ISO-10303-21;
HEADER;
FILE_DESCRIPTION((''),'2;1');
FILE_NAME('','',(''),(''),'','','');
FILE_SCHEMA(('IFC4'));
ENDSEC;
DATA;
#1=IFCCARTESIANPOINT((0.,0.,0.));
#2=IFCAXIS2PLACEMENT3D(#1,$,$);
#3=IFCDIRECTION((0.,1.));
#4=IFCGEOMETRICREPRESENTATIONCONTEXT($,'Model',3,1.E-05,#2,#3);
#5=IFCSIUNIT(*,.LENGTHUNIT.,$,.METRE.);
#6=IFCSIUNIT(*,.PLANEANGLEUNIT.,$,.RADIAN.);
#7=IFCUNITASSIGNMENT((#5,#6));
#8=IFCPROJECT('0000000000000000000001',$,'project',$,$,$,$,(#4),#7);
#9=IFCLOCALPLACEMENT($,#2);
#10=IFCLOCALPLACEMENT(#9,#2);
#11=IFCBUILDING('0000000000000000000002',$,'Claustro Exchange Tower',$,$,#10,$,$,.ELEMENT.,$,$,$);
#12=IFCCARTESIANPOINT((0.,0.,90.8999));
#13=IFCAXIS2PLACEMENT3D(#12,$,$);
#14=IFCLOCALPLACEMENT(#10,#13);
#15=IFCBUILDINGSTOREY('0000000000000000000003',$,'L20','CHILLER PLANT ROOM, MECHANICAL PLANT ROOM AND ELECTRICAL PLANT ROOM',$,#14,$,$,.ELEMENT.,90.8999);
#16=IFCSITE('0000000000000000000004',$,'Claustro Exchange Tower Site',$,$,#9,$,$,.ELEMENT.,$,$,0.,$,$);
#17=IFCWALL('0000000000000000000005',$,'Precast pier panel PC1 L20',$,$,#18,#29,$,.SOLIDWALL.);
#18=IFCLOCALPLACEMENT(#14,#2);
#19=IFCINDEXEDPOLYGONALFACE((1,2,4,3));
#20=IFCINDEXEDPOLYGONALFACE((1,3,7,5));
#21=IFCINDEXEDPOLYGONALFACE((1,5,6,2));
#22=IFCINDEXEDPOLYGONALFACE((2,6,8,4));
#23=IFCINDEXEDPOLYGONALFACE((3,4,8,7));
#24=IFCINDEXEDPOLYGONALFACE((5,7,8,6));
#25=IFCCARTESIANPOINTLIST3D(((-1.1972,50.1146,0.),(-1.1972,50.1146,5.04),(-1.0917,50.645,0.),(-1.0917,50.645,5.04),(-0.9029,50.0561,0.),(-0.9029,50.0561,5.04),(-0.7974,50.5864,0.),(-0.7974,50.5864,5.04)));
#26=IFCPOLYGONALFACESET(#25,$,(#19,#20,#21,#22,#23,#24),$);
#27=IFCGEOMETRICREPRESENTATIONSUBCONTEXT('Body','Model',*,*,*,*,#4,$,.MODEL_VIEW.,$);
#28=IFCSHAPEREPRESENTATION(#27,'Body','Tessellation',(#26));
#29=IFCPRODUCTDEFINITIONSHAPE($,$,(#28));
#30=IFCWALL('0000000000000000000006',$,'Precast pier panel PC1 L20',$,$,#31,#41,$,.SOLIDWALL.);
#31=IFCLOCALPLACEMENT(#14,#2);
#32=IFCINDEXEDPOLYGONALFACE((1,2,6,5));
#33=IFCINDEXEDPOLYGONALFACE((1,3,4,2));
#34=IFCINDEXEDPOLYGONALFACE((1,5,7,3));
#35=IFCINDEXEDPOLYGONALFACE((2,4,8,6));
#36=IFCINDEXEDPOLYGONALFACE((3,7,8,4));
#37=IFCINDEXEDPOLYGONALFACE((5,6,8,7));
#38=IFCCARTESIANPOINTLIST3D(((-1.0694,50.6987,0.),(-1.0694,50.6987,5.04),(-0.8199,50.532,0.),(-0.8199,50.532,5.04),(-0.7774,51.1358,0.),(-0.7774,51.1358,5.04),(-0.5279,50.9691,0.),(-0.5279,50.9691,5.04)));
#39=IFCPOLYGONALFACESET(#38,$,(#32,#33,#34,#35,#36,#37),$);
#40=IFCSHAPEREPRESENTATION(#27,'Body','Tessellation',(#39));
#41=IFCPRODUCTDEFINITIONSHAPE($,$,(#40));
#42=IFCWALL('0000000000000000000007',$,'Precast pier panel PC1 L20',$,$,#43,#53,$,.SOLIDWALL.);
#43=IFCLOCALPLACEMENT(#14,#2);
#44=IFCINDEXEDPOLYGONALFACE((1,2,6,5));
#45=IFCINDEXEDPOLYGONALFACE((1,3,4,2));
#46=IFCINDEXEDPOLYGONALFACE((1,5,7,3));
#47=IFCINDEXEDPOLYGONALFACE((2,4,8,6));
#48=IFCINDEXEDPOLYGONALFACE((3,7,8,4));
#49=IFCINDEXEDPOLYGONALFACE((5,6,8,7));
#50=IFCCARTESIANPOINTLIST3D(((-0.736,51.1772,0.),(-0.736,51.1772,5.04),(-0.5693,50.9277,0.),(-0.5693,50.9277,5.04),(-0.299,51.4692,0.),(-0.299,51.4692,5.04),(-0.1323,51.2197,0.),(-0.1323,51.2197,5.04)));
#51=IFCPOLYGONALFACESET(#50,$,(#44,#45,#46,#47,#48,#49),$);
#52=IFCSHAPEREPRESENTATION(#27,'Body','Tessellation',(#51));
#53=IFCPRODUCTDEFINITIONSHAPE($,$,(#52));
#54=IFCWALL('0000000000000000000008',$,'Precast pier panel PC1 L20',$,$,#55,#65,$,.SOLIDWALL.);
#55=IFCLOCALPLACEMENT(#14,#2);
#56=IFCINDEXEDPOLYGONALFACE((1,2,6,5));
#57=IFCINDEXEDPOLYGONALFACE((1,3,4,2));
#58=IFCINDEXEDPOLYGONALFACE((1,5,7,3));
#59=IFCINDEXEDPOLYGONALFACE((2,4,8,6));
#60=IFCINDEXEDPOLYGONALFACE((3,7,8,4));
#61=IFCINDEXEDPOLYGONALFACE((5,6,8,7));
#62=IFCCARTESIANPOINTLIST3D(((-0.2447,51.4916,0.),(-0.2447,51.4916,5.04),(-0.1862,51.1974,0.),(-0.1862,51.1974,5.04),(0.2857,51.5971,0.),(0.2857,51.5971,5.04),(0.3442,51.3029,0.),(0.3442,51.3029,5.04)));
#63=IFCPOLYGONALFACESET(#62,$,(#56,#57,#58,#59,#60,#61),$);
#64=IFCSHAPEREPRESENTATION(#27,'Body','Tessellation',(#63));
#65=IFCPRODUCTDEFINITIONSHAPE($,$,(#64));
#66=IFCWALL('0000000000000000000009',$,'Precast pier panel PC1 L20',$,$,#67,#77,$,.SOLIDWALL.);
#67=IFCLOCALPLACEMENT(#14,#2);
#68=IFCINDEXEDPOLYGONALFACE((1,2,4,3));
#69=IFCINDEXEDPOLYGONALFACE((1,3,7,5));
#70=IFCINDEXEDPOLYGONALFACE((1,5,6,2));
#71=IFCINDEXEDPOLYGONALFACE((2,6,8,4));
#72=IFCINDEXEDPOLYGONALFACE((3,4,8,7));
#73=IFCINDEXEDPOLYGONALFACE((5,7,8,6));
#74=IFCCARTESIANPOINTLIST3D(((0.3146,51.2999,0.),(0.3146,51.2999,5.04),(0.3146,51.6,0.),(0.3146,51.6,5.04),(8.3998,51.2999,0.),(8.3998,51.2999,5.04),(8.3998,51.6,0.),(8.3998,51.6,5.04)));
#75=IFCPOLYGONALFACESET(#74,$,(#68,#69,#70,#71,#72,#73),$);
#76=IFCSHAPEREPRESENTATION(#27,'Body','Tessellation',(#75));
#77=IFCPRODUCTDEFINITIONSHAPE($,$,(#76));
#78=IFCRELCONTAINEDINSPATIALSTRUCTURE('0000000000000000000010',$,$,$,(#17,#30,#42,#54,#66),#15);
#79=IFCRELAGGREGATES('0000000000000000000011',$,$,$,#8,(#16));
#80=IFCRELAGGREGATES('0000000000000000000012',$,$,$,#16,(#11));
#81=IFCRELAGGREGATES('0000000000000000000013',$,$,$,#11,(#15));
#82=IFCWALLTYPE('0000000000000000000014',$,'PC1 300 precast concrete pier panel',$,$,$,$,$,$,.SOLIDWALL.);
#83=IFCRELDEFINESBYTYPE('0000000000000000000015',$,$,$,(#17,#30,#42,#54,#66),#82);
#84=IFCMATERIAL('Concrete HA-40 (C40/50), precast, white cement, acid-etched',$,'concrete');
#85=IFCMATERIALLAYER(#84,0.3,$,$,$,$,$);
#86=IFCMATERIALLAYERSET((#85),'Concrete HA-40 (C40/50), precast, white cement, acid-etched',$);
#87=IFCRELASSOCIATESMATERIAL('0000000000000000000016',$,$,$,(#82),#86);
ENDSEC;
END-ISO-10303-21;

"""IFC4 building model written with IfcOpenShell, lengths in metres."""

from ifc_helpers import new_model, si_unit, direction, frame, frame_2d, origin, place, context, subcontext, project, spatial, rectangle, extrude, material, layer, layer_set, type_object, element, save


model = new_model("IFC4")

# Units and contexts
model_context = context("Model", 3, precision=1e-05, world=origin(), true_north=direction((0.0, 1.0)))
body_context = subcontext(model_context, "Body", "Model", "MODEL_VIEW")
ifc_project = project(units=[si_unit("LENGTHUNIT", "METRE"), si_unit("PLANEANGLEUNIT", "RADIAN")], contexts=[model_context])

# Site, building, storey
site_placement = place(None, origin())
site = spatial("IfcSite", under=ifc_project, at=site_placement, Name="Claustro Exchange Tower Site", CompositionType="ELEMENT", RefElevation=0.0)
building_placement = place(site_placement, origin())
building = spatial("IfcBuilding", under=site, at=building_placement, Name="Claustro Exchange Tower", CompositionType="ELEMENT")
storey_placement = place(building_placement, frame((0.0, 0.0, 90.8999)))
storey = spatial("IfcBuildingStorey", under=building, at=storey_placement, Name="L20", Description="CHILLER PLANT ROOM, MECHANICAL PLANT ROOM AND ELECTRICAL PLANT ROOM", CompositionType="ELEMENT", Elevation=90.8999)

# Walls
ifc_material_1 = material(Name="Concrete HA-40 (C40/50), precast, white cement, acid-etched", Category="concrete")
ifc_layer_1 = layer(ifc_material_1, 0.3)
ifc_layer_set_1 = layer_set([ifc_layer_1], Name="Concrete HA-40 (C40/50), precast, white cement, acid-etched")
wall_type_1 = type_object("IfcWallType", Name="PC1 300 precast concrete pier panel", PredefinedType="SOLIDWALL", material=ifc_layer_set_1)
wall_1_placement = place(storey_placement, frame((-1.05, 50.0852, 0.0), z_axis=(0.0, 0.0, 1.0), x_axis=(0.195074, 0.980789, 0.0)))
element("IfcWall", 1, at=wall_1_placement, inside=storey, type_object=wall_type_1, Name="Precast pier panel PC1 L20", PredefinedType="SOLIDWALL", context=body_context, shape_type="SweptSolid", body=[
    extrude(rectangle(XDim=0.5408, YDim=0.3, at=frame_2d((0.2705, 0.0))), origin(), (0.0, 0.0, 1.0), 5.04),
])
for number, where, z_axis, x_axis, name in (
    (2, (-0.9446, 50.6155, 0.0), (0.0, 0.0, 1.0), (0.555557, 0.831478, 0.0), "Precast pier panel PC1 L20"),
    (3, (-0.6526, 51.0525, 0.0), (0.0, 0.0, 1.0), (0.831478, 0.555557, 0.0), "Precast pier panel PC1 L20"),
):
    element("IfcWall", number, at=place(storey_placement, frame(where, z_axis=z_axis, x_axis=x_axis)), inside=storey, type_object=wall_type_1, Name=name, PredefinedType="SOLIDWALL", context=body_context, shape_type="SweptSolid", body=[
        extrude(rectangle(XDim=0.5256, YDim=0.3, at=frame_2d((0.2627, 0.0))), origin(), (0.0, 0.0, 1.0), 5.04),
    ])
wall_2_placement = place(storey_placement, frame((-0.2156, 51.3445, 0.0), z_axis=(0.0, 0.0, 1.0), x_axis=(0.980789, 0.195074, 0.0)))
element("IfcWall", 4, at=wall_2_placement, inside=storey, type_object=wall_type_1, Name="Precast pier panel PC1 L20", PredefinedType="SOLIDWALL", context=body_context, shape_type="SweptSolid", body=[
    extrude(rectangle(XDim=0.5408, YDim=0.3, at=frame_2d((0.2705, 0.0))), origin(), (0.0, 0.0, 1.0), 5.04),
])
wall_3_placement = place(storey_placement, frame((0.3147, 51.45, 0.0), z_axis=(0.0, 0.0, 1.0), x_axis=(1.0, 0.0, 0.0)))
element("IfcWall", 5, at=wall_3_placement, inside=storey, type_object=wall_type_1, Name="Precast pier panel PC1 L20", PredefinedType="SOLIDWALL", context=body_context, shape_type="SweptSolid", body=[
    extrude(rectangle(XDim=8.0852, YDim=0.3, at=frame_2d((4.0425, 0.0))), origin(), (0.0, 0.0, 1.0), 5.04),
])

save(model, "model.ifc")
